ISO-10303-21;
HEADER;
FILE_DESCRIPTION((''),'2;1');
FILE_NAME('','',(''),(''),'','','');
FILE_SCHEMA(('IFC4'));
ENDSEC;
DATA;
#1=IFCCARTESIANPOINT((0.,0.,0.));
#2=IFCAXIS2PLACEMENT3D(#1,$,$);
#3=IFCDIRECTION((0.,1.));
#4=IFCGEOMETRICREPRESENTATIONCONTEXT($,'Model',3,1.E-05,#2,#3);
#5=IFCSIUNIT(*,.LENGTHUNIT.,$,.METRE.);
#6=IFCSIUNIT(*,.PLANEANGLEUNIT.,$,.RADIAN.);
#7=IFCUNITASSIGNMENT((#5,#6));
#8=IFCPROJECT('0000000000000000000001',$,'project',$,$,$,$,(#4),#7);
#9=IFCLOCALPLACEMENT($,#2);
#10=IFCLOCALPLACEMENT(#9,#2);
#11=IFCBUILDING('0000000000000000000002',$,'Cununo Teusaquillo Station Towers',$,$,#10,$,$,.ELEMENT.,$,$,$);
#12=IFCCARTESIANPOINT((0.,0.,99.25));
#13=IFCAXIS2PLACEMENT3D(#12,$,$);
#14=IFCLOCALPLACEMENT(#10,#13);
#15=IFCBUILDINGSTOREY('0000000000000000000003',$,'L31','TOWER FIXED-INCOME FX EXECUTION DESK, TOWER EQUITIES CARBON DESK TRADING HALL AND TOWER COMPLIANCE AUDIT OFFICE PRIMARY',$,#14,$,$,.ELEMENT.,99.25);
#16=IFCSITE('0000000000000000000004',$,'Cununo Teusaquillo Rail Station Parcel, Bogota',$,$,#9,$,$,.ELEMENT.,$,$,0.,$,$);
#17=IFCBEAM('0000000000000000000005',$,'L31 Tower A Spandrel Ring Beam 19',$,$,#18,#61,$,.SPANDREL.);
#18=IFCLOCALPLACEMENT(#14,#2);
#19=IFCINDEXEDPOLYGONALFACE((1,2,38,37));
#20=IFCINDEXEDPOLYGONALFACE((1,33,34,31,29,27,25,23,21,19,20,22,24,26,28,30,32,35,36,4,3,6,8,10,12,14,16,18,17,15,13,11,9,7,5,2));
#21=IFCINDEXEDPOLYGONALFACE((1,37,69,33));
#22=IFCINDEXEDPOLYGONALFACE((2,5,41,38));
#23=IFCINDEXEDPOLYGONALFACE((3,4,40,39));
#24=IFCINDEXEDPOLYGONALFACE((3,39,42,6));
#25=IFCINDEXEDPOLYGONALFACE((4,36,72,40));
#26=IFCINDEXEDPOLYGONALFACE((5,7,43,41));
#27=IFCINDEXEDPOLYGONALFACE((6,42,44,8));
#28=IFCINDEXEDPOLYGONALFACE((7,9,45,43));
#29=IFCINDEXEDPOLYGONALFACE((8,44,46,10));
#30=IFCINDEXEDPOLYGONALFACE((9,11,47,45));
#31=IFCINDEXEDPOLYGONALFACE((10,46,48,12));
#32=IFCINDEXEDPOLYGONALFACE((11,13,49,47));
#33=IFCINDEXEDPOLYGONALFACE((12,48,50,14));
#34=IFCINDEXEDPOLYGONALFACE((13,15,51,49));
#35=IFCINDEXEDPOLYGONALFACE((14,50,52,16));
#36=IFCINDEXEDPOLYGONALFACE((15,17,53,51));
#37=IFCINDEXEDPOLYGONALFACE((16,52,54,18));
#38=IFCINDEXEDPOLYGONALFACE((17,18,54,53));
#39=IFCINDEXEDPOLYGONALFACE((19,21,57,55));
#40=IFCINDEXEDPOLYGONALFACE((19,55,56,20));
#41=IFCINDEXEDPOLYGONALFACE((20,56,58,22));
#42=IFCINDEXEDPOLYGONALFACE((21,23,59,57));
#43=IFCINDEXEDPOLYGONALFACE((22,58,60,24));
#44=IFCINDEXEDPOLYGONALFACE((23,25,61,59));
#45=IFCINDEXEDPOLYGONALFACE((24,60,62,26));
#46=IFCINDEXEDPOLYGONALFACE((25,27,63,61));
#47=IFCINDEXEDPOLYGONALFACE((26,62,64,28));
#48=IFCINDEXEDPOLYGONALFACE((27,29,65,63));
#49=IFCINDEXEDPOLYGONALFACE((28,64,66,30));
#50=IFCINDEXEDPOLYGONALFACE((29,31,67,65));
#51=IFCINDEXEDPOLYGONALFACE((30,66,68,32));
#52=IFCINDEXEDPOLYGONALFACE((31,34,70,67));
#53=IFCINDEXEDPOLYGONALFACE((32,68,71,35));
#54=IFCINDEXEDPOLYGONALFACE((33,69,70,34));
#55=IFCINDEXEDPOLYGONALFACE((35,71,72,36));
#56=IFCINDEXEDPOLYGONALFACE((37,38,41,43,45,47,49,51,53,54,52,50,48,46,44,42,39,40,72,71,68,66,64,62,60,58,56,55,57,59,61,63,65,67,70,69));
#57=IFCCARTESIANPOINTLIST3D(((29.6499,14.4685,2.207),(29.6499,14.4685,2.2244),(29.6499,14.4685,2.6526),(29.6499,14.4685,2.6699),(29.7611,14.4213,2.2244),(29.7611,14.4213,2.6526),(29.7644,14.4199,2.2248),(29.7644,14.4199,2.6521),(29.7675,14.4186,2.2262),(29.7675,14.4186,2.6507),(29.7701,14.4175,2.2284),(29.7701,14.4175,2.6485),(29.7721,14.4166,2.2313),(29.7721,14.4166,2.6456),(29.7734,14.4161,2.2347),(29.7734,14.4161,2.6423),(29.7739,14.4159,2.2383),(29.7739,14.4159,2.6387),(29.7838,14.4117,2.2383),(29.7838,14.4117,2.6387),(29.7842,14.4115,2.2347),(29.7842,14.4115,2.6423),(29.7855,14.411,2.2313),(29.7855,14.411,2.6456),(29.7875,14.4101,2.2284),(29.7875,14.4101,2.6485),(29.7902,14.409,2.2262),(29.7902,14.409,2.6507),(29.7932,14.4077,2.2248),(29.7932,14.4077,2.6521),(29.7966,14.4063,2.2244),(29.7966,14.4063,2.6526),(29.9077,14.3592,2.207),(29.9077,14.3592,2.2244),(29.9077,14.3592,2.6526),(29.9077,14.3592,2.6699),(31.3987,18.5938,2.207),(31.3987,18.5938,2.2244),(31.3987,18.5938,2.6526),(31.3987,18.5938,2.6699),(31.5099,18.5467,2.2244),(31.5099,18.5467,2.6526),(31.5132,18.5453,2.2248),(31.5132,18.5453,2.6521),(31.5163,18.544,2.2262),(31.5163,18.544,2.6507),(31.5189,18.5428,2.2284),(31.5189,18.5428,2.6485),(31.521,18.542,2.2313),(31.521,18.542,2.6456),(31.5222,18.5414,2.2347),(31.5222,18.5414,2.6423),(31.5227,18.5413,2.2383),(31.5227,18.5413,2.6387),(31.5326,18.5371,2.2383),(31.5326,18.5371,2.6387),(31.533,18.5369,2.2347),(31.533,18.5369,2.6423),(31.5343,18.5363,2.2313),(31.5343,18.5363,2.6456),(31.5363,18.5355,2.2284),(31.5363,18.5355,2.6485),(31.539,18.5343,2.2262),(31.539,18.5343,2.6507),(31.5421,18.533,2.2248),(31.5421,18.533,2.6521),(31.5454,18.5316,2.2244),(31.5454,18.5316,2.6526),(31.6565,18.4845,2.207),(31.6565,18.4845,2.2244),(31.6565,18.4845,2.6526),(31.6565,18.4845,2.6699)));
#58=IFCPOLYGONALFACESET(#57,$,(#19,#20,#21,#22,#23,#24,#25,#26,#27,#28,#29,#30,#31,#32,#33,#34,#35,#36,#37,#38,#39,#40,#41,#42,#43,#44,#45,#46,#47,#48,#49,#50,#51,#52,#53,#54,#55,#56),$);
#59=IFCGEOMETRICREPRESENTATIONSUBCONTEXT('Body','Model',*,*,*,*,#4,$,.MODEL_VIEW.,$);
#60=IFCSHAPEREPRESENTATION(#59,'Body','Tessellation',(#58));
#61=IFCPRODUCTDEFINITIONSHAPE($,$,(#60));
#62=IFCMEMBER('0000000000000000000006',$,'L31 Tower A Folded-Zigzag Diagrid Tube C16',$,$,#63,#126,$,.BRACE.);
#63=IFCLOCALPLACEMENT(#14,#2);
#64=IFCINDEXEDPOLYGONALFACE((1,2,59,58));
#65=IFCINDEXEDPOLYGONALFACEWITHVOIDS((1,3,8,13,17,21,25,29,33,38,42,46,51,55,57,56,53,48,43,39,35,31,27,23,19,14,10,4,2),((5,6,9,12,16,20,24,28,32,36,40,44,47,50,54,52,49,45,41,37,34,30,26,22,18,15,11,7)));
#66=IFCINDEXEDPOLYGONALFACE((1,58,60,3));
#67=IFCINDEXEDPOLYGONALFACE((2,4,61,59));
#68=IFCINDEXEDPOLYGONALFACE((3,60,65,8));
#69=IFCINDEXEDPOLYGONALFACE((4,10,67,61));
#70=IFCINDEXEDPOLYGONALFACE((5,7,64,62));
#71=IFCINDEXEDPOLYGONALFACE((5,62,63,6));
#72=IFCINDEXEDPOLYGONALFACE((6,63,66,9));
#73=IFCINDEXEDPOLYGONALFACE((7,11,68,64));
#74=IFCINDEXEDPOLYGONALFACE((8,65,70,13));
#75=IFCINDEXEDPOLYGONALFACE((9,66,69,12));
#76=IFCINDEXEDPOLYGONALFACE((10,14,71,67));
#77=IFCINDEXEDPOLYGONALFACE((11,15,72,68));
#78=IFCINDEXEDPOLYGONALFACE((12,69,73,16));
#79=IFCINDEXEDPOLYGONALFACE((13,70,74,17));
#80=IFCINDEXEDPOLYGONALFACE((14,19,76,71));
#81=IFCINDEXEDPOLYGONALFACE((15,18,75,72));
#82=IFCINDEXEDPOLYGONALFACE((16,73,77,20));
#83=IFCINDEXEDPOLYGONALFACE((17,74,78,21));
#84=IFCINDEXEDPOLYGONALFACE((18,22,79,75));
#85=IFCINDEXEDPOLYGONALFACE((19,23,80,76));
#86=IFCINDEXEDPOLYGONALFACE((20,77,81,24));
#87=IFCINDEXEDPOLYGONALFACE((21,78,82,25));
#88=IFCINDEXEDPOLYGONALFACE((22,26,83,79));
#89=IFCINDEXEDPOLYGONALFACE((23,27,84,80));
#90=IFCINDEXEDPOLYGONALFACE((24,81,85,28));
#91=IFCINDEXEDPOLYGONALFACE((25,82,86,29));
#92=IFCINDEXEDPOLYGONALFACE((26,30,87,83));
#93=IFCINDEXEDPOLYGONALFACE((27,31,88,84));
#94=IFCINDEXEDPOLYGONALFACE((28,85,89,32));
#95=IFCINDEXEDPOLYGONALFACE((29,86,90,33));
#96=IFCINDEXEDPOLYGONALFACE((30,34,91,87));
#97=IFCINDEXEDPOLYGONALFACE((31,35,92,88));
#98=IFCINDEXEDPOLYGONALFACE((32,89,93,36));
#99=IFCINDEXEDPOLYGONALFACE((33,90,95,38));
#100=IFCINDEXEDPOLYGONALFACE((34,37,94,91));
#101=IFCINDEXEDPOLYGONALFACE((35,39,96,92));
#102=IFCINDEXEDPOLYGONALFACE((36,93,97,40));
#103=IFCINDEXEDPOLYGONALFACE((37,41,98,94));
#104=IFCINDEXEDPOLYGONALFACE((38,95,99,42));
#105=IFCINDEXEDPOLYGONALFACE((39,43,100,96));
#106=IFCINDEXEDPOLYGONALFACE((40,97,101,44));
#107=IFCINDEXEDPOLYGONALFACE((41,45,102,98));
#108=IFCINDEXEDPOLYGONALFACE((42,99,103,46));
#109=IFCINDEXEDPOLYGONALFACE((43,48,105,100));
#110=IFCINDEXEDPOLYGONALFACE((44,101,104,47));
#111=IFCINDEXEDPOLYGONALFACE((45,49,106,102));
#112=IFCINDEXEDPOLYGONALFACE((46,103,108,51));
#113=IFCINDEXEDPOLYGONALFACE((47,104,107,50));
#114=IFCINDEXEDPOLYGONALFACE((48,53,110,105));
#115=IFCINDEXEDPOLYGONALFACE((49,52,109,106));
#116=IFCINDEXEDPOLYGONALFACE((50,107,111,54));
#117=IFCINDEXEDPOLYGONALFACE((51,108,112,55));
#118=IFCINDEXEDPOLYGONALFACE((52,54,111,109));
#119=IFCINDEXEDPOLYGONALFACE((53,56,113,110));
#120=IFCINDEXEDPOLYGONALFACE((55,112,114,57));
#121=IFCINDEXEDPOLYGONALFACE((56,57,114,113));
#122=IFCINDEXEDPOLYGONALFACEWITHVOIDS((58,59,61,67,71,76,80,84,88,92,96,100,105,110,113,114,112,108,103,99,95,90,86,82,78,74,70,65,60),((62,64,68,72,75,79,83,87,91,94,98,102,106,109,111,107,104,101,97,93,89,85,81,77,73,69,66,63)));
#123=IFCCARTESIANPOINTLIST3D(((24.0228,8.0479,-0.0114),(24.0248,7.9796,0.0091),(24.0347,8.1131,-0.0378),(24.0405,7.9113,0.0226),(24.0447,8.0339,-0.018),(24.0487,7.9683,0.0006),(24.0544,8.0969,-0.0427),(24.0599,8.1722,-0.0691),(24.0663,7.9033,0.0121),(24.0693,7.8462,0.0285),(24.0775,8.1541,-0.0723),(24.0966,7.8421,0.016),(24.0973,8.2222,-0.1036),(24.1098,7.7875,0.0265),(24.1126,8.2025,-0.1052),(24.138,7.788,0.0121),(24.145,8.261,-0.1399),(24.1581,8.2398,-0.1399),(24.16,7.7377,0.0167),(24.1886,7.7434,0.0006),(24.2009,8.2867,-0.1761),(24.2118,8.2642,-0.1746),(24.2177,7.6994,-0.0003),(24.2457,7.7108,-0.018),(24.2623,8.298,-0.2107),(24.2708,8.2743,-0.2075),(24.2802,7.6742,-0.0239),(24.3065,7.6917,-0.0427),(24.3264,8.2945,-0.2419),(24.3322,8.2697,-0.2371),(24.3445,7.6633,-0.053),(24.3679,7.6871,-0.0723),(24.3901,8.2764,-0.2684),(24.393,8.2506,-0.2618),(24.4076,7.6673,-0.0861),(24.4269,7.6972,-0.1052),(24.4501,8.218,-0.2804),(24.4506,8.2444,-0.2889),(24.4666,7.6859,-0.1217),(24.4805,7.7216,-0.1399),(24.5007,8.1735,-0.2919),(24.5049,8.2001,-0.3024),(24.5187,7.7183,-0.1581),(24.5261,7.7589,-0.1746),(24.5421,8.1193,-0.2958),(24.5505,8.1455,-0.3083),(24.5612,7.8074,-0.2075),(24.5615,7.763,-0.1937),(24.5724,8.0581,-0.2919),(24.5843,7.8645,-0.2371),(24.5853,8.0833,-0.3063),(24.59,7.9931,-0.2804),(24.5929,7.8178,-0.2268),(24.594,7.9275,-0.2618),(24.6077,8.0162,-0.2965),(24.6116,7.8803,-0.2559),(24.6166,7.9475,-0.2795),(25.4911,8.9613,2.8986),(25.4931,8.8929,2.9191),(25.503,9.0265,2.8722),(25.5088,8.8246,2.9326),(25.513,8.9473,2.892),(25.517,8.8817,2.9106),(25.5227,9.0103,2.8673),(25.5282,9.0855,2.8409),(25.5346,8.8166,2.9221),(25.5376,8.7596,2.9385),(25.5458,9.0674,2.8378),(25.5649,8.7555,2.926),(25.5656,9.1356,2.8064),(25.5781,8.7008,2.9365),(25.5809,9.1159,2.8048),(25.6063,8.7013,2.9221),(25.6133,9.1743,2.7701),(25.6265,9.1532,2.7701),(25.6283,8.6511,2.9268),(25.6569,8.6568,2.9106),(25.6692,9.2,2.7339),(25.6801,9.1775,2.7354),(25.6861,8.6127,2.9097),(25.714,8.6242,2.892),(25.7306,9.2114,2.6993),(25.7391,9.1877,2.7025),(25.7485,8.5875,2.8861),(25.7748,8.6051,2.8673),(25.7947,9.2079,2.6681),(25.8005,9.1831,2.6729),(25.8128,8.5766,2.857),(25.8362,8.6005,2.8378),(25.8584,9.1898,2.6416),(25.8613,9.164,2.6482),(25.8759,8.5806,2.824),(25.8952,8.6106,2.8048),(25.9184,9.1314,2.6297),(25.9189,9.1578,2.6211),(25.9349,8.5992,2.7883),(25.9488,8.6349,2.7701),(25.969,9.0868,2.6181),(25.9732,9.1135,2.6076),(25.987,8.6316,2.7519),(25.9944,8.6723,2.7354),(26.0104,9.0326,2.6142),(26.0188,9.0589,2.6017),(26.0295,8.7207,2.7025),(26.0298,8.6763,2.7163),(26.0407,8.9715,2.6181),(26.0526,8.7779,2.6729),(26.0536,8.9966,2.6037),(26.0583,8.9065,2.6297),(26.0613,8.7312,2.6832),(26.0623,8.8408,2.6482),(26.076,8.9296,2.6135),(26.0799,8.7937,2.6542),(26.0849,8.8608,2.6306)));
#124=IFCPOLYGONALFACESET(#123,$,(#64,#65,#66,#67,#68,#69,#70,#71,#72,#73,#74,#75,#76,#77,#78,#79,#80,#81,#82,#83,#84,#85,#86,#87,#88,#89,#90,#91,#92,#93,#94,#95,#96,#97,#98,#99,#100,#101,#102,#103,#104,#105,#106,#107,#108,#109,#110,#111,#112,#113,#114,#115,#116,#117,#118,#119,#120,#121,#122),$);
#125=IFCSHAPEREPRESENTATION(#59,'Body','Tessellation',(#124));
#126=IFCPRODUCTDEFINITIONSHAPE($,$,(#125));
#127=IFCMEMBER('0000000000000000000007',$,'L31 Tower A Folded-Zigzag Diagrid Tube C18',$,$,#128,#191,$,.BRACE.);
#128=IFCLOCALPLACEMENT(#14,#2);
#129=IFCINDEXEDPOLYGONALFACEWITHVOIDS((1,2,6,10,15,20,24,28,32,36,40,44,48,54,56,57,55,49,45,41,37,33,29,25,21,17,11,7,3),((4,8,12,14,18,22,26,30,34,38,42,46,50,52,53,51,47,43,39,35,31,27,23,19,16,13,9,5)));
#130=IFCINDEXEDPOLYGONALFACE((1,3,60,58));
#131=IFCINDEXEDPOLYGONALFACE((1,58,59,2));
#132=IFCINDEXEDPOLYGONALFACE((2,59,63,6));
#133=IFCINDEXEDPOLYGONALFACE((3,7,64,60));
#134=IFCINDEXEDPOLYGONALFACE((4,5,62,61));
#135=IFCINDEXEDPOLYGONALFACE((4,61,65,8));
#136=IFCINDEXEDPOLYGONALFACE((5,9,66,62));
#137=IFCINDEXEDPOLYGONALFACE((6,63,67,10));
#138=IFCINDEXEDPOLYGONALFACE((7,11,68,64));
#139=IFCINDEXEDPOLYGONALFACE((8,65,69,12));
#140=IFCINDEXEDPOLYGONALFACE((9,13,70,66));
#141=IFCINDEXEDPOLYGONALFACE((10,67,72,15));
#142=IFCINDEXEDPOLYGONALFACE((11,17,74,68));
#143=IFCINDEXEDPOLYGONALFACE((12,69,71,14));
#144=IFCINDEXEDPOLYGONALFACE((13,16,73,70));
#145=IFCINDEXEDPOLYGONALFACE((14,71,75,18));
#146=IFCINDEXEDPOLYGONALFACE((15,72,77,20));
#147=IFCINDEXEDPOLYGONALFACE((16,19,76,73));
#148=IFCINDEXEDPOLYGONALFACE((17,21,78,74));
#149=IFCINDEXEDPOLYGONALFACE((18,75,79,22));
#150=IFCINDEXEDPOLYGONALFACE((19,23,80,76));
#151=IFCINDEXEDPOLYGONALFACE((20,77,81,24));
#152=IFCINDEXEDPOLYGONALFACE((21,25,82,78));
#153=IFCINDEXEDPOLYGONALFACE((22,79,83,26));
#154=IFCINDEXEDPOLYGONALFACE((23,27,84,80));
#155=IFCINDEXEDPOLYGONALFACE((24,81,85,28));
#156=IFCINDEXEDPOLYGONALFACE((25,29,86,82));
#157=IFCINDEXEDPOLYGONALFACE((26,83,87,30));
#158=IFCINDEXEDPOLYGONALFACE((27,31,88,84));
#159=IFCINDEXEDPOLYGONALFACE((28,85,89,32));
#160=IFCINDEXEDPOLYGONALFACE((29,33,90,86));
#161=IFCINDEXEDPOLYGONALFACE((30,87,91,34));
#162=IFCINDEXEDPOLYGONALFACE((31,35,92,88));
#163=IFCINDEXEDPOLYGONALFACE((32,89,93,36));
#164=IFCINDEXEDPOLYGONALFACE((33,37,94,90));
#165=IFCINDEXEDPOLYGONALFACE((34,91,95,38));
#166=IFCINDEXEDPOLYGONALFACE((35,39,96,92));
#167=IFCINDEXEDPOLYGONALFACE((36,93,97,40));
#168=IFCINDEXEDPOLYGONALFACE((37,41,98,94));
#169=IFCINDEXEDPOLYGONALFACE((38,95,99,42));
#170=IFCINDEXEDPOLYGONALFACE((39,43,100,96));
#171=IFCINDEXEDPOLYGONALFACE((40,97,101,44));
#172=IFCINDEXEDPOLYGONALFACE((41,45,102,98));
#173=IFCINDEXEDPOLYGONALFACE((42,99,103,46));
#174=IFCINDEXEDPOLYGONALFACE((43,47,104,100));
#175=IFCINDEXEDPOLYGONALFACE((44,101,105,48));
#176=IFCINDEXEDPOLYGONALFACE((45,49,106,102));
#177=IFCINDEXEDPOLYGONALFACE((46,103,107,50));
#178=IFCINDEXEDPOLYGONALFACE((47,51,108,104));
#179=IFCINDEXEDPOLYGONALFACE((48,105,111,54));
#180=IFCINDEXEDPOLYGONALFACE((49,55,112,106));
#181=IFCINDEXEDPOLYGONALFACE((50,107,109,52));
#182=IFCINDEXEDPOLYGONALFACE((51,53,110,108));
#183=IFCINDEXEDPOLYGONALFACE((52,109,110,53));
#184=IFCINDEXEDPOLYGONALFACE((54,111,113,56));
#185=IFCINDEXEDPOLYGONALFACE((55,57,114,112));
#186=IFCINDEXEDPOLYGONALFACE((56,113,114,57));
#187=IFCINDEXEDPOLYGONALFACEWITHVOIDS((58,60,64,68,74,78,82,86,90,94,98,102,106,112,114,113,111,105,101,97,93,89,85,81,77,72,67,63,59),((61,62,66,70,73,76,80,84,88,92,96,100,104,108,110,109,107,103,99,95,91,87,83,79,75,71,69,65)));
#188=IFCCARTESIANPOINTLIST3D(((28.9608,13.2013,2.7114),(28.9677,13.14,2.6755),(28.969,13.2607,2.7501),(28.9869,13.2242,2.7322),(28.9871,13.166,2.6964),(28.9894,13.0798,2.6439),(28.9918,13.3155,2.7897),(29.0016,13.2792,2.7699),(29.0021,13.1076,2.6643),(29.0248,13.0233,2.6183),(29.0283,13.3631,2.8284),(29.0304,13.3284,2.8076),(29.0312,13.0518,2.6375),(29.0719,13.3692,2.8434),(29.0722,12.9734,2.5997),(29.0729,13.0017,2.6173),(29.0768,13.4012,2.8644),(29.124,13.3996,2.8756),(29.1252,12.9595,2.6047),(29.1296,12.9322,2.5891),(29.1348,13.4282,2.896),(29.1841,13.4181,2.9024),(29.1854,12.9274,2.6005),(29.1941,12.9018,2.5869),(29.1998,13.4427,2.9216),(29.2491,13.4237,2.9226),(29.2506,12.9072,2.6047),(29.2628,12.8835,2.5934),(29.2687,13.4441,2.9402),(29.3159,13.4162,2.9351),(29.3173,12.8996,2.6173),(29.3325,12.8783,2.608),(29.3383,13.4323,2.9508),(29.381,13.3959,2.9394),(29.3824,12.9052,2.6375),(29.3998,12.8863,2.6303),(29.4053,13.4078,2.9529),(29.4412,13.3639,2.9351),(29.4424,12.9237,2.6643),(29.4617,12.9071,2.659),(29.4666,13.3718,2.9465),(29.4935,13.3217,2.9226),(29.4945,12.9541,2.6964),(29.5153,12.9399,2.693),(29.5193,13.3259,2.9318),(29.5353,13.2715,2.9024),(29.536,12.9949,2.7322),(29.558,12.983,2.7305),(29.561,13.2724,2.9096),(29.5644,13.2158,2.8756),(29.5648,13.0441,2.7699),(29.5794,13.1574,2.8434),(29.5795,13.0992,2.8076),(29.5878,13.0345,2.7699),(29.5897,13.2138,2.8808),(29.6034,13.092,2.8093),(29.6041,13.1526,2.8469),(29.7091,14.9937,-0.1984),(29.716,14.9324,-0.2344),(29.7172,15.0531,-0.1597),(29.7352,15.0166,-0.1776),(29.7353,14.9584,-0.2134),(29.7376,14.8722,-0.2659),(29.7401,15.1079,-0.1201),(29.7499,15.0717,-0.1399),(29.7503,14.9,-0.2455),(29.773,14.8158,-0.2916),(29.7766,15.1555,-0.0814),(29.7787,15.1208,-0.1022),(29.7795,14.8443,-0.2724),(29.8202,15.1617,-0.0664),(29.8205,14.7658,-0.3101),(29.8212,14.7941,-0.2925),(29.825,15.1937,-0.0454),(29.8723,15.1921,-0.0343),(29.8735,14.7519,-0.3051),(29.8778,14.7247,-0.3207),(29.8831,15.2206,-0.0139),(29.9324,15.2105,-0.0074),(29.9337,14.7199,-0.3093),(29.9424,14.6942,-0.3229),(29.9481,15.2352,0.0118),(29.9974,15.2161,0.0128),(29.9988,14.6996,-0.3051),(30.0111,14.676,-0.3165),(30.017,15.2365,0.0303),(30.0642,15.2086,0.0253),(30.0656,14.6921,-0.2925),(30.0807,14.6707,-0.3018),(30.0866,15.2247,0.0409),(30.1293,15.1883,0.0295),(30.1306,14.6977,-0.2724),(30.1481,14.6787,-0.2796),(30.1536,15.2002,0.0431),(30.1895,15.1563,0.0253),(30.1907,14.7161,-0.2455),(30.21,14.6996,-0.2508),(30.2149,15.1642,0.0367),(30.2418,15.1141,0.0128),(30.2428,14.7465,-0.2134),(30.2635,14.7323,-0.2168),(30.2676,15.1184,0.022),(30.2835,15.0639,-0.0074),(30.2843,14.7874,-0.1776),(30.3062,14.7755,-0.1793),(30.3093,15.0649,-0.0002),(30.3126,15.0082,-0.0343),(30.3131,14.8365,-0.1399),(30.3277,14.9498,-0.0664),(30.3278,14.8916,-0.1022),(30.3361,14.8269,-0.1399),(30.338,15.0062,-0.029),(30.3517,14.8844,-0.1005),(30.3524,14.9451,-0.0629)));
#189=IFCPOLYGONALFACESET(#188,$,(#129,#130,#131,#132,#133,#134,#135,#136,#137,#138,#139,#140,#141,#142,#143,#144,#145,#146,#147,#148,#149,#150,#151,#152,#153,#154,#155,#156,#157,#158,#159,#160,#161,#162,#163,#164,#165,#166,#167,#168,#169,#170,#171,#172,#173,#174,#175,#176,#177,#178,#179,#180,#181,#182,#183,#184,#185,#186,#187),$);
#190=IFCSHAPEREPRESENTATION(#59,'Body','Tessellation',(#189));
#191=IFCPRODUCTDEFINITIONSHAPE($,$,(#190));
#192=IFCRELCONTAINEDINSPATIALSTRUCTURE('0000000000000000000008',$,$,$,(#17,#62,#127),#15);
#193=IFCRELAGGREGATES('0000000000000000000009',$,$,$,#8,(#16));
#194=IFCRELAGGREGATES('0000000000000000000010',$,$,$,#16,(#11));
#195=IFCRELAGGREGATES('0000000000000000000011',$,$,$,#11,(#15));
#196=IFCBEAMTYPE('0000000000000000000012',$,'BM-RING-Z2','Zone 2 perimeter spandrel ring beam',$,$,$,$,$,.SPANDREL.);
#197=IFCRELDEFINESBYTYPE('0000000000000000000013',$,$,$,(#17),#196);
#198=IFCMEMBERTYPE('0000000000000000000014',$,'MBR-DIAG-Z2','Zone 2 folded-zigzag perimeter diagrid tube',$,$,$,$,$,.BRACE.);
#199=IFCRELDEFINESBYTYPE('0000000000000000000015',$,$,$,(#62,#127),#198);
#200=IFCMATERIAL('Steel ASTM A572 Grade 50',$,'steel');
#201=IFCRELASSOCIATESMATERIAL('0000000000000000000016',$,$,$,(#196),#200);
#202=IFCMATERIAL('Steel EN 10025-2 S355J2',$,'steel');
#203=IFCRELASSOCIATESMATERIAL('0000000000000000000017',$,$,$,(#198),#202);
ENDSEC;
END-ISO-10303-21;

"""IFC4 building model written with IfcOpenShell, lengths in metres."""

from ifc_helpers import new_model, si_unit, direction, frame, origin, origin_2d, place, context, subcontext, project, spatial, hollow_circle, i_section, extrude, material, material_profile, profile_set, type_object, element, save


model = new_model("IFC4")

# Units and contexts
model_context = context("Model", 3, precision=1e-05, world=origin(), true_north=direction((0.0, 1.0)))
body_context = subcontext(model_context, "Body", "Model", "MODEL_VIEW")
ifc_project = project(units=[si_unit("LENGTHUNIT", "METRE"), si_unit("PLANEANGLEUNIT", "RADIAN")], contexts=[model_context])

# Site, building, storey
site_placement = place(None, origin())
site = spatial("IfcSite", under=ifc_project, at=site_placement, Name="Cununo Teusaquillo Rail Station Parcel, Bogota", CompositionType="ELEMENT", RefElevation=0.0)
building_placement = place(site_placement, origin())
building = spatial("IfcBuilding", under=site, at=building_placement, Name="Cununo Teusaquillo Station Towers", CompositionType="ELEMENT")
storey_placement = place(building_placement, frame((0.0, 0.0, 99.25)))
storey = spatial("IfcBuildingStorey", under=building, at=storey_placement, Name="L31", Description="TOWER FIXED-INCOME FX EXECUTION DESK, TOWER EQUITIES CARBON DESK TRADING HALL AND TOWER COMPLIANCE AUDIT OFFICE PRIMARY", CompositionType="ELEMENT", Elevation=99.25)

# Beam
ifc_material_1 = material(Name="Steel ASTM A572 Grade 50", Category="steel")
ifc_material_profile_1 = material_profile(ifc_material_1, i_section(OverallWidth=0.28, OverallDepth=0.4629, WebThickness=0.0107, FlangeThickness=0.0173, FilletRadius=0.0139, at=origin_2d()), Name="W18X76")
ifc_profile_set_1 = profile_set([ifc_material_profile_1], Name="Steel ASTM A572 Grade 50")
beam_type_1 = type_object("IfcBeamType", Name="BM-RING-Z2", Description="Zone 2 perimeter spandrel ring beam", PredefinedType="SPANDREL", material=ifc_profile_set_1)
beam_1_placement = place(storey_placement, frame((29.7788, 14.4138, 2.4385), z_axis=(0.390299, 0.920688, 0.0), x_axis=(-0.920688, 0.390299, 0.0)))
element("IfcBeam", 1, at=beam_1_placement, inside=storey, type_object=beam_type_1, Name="L31 Tower A Spandrel Ring Beam 19", PredefinedType="SPANDREL", context=body_context, shape_type="SweptSolid", body=[
    extrude(i_section(OverallWidth=0.28, OverallDepth=0.4629, WebThickness=0.0107, FlangeThickness=0.0173, FilletRadius=0.0139, at=origin_2d()), origin(), (0.0, 0.0, 1.0), 4.4807),
])

# Members
ifc_material_2 = material(Name="Steel EN 10025-2 S355J2", Category="steel")
ifc_material_profile_2 = material_profile(ifc_material_2, hollow_circle(Radius=0.3301, WallThickness=0.0249, at=origin_2d()), Name="CHS 660x25")
ifc_profile_set_2 = profile_set([ifc_material_profile_2], Name="Steel EN 10025-2 S355J2")
member_type = type_object("IfcMemberType", Name="MBR-DIAG-Z2", Description="Zone 2 folded-zigzag perimeter diagrid tube", PredefinedType="BRACE", material=ifc_profile_set_2)
member_1_placement = place(storey_placement, frame((24.3193, 7.9807, -0.1399), z_axis=(0.433768, 0.269825, 0.859674), x_axis=(-0.528196, 0.849123, 0.0)))
element("IfcMember", 2, at=member_1_placement, inside=storey, type_object=member_type, Name="L31 Tower A Folded-Zigzag Diagrid Tube C16", PredefinedType="BRACE", context=body_context, shape_type="SweptSolid", body=[
    extrude(hollow_circle(Radius=0.3301, WallThickness=0.0249, at=origin_2d()), origin(), (0.0, 0.0, 1.0), 3.385),
])
member_2_placement = place(storey_placement, frame((30.0315, 14.9541, -0.1399), z_axis=(-0.21388, -0.512336, 0.831726), x_axis=(0.922816, -0.38524, 0.0)))
element("IfcMember", 3, at=member_2_placement, inside=storey, type_object=member_type, Name="L31 Tower A Folded-Zigzag Diagrid Tube C18", PredefinedType="BRACE", context=body_context, shape_type="SweptSolid", body=[
    extrude(hollow_circle(Radius=0.3301, WallThickness=0.0249, at=origin_2d()), origin(), (0.0, 0.0, 1.0), 3.4985),
])

save(model, "model.ifc")
